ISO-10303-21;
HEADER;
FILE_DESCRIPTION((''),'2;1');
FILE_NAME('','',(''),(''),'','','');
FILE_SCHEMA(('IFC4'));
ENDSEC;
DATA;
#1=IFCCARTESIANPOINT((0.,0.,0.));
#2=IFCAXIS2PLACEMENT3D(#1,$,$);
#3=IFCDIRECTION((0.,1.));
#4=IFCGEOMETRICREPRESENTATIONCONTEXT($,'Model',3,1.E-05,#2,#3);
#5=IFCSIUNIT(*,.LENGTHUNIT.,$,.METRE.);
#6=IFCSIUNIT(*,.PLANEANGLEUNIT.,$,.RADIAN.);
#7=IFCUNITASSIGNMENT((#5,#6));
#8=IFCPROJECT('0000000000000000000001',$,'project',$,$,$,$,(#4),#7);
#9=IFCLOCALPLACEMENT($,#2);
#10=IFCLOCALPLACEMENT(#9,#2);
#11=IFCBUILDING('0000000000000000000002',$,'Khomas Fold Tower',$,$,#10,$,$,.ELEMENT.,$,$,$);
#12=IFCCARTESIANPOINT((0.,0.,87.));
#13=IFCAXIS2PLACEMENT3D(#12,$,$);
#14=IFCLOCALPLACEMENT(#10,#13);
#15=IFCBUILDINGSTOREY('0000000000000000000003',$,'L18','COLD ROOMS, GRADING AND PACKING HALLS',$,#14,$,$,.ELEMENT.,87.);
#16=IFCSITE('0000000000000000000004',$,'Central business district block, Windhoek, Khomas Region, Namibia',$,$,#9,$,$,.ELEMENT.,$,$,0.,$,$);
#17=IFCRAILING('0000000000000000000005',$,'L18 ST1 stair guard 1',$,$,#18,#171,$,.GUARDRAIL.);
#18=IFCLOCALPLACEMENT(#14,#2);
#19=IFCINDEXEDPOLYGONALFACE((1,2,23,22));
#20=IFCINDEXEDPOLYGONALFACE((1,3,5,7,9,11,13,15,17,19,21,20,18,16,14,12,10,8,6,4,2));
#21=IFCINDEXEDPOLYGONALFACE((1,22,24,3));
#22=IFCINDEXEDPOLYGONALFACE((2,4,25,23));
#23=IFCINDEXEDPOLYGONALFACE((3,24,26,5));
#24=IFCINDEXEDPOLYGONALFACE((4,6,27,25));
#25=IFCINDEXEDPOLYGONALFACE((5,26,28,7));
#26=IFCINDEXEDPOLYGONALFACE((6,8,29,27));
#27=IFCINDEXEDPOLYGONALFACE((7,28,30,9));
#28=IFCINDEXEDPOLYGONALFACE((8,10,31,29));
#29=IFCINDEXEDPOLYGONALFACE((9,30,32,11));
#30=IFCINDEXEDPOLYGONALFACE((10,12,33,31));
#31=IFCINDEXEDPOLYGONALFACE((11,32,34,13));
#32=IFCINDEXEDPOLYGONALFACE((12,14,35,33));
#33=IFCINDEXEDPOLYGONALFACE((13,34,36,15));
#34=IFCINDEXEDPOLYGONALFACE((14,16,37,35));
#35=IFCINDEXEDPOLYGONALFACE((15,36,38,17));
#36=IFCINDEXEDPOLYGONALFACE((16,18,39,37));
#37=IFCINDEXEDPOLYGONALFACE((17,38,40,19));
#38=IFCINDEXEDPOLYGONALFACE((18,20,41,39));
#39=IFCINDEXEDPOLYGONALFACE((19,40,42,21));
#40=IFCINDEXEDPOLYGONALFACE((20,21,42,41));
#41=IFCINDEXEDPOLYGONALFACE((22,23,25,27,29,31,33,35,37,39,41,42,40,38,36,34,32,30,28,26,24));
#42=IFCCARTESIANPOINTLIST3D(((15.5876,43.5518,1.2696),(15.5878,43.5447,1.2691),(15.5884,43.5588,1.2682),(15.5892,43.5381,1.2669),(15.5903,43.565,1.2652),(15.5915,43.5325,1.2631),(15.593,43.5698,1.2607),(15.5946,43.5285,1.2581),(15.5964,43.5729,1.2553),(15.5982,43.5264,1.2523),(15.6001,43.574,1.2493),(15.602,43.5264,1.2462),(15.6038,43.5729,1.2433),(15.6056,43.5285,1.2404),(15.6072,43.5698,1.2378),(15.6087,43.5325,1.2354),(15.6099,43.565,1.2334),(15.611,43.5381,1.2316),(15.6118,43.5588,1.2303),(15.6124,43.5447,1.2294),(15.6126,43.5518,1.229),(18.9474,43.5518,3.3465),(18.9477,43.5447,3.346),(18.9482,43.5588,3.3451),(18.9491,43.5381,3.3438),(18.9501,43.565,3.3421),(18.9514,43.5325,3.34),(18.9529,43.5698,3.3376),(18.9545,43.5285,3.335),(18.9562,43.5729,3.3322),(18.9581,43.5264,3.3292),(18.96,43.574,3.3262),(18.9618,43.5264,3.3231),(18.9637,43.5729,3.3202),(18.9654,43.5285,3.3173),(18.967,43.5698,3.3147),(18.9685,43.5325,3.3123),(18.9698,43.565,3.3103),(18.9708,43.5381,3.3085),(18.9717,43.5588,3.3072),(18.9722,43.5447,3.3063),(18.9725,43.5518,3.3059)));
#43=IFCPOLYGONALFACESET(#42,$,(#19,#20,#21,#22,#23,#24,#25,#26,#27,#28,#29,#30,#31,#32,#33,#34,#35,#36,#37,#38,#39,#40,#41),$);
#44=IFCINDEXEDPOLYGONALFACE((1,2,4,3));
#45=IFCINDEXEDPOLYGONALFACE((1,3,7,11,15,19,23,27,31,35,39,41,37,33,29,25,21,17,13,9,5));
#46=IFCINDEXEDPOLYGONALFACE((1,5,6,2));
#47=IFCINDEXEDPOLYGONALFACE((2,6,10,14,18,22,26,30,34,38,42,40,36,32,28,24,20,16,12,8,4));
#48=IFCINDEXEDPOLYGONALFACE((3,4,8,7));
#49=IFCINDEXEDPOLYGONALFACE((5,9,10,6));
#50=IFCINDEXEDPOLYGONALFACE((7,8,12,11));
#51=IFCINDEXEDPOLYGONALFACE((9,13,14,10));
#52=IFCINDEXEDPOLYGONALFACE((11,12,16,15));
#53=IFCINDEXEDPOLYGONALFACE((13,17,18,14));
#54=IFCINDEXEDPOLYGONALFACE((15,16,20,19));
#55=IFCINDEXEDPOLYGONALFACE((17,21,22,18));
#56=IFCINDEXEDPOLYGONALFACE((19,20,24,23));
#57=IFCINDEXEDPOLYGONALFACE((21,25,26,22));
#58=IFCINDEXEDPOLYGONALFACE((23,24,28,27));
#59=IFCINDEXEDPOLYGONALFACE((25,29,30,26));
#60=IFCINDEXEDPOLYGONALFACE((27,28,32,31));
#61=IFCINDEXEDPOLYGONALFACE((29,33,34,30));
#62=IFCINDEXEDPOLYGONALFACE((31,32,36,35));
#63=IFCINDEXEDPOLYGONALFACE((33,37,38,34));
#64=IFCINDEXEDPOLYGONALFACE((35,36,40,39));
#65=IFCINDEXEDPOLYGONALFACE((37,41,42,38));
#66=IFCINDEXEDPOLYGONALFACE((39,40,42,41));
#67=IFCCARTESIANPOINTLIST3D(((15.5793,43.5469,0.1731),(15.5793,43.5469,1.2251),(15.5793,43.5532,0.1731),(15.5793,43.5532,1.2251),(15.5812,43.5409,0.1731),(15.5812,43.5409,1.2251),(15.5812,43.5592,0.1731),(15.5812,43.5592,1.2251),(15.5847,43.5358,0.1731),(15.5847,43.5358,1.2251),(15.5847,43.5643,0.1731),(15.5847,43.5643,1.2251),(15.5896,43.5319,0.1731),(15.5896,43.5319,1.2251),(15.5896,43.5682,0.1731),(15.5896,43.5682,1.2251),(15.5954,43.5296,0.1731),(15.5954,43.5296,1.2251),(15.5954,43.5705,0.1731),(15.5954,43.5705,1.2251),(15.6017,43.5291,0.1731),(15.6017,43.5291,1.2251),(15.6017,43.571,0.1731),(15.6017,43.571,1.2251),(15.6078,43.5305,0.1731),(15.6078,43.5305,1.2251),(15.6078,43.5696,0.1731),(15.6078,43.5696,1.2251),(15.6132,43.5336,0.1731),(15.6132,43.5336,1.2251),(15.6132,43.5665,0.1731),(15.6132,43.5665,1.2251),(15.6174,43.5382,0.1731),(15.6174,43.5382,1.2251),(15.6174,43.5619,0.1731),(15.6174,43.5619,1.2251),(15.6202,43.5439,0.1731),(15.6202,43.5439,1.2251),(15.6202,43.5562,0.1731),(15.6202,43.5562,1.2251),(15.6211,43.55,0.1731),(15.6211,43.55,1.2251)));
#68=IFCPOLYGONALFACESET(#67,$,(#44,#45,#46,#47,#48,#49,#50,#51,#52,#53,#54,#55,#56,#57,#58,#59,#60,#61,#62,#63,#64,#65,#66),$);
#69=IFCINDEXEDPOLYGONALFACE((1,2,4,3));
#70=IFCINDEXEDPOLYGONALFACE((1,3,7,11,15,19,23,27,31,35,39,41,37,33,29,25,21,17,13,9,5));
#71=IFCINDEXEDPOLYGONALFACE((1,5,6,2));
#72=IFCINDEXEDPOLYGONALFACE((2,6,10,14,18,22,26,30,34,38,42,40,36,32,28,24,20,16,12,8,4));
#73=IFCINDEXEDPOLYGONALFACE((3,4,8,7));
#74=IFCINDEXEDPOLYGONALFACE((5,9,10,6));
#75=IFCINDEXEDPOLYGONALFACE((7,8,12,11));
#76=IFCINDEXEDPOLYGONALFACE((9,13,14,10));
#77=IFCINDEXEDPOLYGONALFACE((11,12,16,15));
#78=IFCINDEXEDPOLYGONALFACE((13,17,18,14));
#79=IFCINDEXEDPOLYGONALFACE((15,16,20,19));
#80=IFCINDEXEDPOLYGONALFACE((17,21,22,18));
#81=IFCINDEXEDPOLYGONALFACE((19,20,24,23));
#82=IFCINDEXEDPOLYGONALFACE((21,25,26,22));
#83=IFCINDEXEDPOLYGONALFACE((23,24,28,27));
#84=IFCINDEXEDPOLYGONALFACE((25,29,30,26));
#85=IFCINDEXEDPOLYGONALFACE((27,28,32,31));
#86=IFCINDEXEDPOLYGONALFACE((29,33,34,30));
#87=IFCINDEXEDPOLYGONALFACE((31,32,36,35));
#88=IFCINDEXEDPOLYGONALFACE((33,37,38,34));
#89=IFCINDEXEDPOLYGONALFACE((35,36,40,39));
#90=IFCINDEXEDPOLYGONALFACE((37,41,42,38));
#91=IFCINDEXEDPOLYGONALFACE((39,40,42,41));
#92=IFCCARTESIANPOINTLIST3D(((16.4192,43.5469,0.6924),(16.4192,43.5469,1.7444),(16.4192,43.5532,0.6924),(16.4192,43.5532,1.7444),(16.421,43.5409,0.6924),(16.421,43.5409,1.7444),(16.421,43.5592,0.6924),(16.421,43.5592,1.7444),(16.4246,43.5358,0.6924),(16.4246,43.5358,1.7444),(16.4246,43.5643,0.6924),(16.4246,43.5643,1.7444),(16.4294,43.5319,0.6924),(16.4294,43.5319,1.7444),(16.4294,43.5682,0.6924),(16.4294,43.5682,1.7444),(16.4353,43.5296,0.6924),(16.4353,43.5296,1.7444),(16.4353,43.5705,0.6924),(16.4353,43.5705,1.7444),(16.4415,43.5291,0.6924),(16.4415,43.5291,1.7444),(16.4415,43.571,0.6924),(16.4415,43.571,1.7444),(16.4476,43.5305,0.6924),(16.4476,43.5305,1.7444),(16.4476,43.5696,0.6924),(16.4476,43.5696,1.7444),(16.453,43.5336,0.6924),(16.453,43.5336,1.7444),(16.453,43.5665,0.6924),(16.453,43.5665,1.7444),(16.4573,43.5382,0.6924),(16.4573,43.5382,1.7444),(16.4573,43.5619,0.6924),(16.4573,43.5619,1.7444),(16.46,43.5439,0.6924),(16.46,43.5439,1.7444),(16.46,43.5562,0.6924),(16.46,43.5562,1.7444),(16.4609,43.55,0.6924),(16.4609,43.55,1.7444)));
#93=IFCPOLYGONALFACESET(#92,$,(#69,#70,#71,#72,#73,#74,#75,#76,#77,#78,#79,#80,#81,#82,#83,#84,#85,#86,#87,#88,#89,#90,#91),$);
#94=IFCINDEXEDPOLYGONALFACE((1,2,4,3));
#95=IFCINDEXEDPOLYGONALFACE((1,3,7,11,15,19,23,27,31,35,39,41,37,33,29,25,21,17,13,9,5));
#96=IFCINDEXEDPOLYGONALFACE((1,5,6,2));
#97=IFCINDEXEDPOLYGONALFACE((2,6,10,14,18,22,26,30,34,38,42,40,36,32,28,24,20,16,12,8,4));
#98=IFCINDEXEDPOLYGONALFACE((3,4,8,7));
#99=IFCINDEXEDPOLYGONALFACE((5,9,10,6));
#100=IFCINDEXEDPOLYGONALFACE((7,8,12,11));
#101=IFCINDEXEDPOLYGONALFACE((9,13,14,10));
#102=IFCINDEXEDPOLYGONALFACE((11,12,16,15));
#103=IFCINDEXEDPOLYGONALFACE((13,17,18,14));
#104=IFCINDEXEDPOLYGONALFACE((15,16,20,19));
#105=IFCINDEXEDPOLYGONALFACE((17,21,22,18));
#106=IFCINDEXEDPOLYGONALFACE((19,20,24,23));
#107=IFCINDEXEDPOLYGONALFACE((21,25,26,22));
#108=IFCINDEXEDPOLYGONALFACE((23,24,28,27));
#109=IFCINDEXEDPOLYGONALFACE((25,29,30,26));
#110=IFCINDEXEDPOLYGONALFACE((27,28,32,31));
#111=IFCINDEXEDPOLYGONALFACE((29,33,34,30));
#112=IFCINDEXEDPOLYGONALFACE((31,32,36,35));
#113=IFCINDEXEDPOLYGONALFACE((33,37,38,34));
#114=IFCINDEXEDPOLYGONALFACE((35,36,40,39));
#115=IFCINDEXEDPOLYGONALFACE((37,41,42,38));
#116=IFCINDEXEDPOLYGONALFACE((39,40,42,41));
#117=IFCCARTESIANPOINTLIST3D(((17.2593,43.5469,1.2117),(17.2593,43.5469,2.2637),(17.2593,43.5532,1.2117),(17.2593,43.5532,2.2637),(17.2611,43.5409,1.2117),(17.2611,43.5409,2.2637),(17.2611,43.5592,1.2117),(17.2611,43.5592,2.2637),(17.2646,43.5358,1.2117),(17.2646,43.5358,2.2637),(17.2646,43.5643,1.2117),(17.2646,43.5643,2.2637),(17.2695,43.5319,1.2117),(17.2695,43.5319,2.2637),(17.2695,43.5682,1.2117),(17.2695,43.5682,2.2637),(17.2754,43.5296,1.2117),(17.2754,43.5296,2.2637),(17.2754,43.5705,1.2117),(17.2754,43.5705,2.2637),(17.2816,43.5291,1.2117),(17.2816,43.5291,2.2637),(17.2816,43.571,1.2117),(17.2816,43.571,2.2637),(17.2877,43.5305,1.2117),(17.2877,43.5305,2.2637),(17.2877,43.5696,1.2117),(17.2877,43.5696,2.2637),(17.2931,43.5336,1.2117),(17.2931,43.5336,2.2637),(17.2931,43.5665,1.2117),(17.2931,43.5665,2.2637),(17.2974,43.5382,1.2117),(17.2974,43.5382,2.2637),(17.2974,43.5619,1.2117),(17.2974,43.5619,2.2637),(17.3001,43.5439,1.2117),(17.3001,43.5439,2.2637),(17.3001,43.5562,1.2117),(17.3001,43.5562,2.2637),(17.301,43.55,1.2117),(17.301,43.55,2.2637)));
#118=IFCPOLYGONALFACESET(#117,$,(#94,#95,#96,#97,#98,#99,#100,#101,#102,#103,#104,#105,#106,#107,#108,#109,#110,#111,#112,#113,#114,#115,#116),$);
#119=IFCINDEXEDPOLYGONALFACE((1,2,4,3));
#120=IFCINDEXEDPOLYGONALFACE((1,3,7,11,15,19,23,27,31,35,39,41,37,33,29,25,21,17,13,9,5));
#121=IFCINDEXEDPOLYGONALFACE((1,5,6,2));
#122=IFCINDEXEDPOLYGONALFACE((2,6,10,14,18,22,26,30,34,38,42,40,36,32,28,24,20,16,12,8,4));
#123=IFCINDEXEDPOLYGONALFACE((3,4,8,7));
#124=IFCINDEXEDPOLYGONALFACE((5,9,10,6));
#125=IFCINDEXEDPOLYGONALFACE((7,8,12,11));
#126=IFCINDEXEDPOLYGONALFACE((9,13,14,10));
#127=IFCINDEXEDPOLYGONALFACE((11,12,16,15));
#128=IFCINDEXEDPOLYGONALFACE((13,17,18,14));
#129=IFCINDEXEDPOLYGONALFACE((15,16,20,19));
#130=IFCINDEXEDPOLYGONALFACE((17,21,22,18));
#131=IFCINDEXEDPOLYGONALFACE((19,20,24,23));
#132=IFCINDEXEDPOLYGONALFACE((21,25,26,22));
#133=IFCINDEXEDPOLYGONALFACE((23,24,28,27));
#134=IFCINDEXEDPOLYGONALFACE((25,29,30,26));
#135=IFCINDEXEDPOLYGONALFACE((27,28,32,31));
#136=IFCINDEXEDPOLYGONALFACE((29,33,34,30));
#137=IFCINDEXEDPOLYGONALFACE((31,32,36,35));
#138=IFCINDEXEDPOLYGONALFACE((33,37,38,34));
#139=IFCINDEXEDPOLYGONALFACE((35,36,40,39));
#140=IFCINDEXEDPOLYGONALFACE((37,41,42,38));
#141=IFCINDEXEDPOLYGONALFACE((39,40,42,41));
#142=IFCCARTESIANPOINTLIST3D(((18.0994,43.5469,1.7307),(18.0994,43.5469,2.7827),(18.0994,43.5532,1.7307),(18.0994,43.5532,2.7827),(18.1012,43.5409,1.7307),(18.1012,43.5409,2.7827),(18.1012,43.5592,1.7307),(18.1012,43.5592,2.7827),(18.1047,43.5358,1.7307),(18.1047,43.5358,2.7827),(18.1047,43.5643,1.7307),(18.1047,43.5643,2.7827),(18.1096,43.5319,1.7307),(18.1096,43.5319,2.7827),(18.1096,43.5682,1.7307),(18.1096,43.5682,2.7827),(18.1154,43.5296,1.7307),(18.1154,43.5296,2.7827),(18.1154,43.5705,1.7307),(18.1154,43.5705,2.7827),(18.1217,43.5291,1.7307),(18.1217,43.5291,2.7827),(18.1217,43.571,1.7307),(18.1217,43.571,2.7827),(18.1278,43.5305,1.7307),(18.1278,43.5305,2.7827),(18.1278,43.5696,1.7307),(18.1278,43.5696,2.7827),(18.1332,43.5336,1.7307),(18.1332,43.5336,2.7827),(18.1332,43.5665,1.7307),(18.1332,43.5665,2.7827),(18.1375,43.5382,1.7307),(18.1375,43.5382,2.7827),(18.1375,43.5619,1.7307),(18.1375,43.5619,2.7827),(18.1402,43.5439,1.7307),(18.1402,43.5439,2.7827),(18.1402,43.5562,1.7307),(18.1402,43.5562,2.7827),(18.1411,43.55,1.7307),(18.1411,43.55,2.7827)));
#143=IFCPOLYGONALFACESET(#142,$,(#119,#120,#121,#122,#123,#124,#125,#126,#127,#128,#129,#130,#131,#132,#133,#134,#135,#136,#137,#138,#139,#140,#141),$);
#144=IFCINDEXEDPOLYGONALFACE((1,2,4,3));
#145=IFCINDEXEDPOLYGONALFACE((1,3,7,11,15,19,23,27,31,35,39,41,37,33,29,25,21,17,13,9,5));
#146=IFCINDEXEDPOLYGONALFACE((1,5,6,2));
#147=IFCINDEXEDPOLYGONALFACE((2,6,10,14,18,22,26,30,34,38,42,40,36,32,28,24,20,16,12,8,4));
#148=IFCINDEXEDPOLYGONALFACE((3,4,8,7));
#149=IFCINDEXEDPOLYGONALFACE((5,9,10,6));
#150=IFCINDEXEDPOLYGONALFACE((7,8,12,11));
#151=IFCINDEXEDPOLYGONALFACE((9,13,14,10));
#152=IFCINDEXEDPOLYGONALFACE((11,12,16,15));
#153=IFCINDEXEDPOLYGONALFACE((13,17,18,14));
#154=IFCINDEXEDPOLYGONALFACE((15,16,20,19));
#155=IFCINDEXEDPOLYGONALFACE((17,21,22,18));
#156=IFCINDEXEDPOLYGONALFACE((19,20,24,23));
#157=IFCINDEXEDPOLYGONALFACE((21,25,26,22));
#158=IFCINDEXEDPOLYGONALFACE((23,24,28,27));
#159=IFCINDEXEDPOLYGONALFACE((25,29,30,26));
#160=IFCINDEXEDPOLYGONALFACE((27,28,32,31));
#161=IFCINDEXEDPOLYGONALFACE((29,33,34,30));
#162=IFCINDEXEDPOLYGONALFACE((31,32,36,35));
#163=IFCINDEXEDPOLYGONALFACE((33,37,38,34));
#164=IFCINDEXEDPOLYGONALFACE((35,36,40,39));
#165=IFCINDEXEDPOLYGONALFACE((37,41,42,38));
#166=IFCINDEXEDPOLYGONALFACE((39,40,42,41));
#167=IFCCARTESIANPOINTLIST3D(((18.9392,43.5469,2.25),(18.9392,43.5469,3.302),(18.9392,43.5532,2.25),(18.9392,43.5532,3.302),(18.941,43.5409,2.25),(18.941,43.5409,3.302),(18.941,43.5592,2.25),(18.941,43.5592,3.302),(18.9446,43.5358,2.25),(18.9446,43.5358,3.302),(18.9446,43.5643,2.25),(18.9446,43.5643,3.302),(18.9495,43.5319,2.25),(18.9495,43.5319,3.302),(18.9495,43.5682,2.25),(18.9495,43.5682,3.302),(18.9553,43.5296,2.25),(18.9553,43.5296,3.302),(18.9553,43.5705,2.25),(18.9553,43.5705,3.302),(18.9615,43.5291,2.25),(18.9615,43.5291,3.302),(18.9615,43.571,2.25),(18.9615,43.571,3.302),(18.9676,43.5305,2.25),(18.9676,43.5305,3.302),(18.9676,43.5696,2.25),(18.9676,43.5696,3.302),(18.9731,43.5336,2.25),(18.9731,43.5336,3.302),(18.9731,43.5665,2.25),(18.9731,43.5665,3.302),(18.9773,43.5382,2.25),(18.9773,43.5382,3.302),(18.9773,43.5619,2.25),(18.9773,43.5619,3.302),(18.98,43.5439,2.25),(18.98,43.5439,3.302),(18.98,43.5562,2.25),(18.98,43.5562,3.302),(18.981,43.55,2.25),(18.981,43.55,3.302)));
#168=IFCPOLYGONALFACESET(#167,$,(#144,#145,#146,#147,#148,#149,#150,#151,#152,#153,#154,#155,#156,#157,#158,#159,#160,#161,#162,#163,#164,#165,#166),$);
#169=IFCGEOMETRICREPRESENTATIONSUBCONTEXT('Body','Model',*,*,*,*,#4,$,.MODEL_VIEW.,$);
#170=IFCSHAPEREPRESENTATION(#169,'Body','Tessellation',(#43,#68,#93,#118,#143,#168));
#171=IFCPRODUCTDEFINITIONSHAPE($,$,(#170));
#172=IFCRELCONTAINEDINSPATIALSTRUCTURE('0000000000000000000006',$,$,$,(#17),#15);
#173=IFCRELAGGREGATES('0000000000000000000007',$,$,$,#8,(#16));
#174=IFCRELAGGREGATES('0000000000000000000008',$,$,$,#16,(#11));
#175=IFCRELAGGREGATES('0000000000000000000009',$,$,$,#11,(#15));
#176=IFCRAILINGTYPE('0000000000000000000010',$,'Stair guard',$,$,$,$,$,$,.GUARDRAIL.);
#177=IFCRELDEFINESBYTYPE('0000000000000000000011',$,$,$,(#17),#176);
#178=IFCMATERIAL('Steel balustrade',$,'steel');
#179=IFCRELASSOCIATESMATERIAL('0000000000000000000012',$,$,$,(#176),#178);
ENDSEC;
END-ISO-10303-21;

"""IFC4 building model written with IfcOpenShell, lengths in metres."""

from ifc_helpers import new_model, si_unit, direction, frame, origin, origin_2d, place, context, subcontext, project, spatial, circle, extrude, source, transform, mapped, material, type_object, element, save


model = new_model("IFC4")

# Units and contexts
model_context = context("Model", 3, precision=1e-05, world=origin(), true_north=direction((0.0, 1.0)))
body_context = subcontext(model_context, "Body", "Model", "MODEL_VIEW")
ifc_project = project(units=[si_unit("LENGTHUNIT", "METRE"), si_unit("PLANEANGLEUNIT", "RADIAN")], contexts=[model_context])

# Site, building, storey
site_placement = place(None, origin())
site = spatial("IfcSite", under=ifc_project, at=site_placement, Name="Central business district block, Windhoek, Khomas Region, Namibia", CompositionType="ELEMENT", RefElevation=0.0)
building_placement = place(site_placement, origin())
building = spatial("IfcBuilding", under=site, at=building_placement, Name="Khomas Fold Tower", CompositionType="ELEMENT")
storey_placement = place(building_placement, frame((0.0, 0.0, 87.0)))
storey = spatial("IfcBuildingStorey", under=building, at=storey_placement, Name="L18", Description="COLD ROOMS, GRADING AND PACKING HALLS", CompositionType="ELEMENT", Elevation=87.0)

# Railing
ifc_material_1 = material(Name="Steel balustrade", Category="steel")
railing_type_1 = type_object("IfcRailingType", Name="Stair guard", PredefinedType="GUARDRAIL", material=ifc_material_1)
shared_shape_1 = source(origin(), body_context, "Body", "SweptSolid", [
    extrude(circle(Radius=0.0239, at=origin_2d()), frame((0.0, 0.0, 1.0762), z_axis=(0.850606, 0.0, 0.525803), x_axis=(0.0, 1.0, 0.0)), (0.0, 0.0, 1.0), 3.95),
    extrude(circle(Radius=0.021, at=origin_2d()), origin(), (0.0, 0.0, 1.0), 1.052),
    extrude(circle(Radius=0.021, at=origin_2d()), frame((0.8398, 0.0, 0.5193)), (0.0, 0.0, 1.0), 1.052),
    extrude(circle(Radius=0.021, at=origin_2d()), frame((1.6799, 0.0, 1.0386)), (0.0, 0.0, 1.0), 1.052),
    extrude(circle(Radius=0.021, at=origin_2d()), frame((2.52, 0.0, 1.5576)), (0.0, 0.0, 1.0), 1.052),
    extrude(circle(Radius=0.021, at=origin_2d()), frame((3.3599, 0.0, 2.0769)), (0.0, 0.0, 1.0), 1.052),
])
railing_1_placement = place(storey_placement, frame((15.6001, 43.55, 0.1731)))
element("IfcRailing", 1, at=railing_1_placement, inside=storey, type_object=railing_type_1, Name="L18 ST1 stair guard 1", PredefinedType="GUARDRAIL", context=body_context, shape_type="MappedRepresentation", body=[
    mapped(shared_shape_1, transform((0.0, 0.0, 0.0))),
])

save(model, "model.ifc")
